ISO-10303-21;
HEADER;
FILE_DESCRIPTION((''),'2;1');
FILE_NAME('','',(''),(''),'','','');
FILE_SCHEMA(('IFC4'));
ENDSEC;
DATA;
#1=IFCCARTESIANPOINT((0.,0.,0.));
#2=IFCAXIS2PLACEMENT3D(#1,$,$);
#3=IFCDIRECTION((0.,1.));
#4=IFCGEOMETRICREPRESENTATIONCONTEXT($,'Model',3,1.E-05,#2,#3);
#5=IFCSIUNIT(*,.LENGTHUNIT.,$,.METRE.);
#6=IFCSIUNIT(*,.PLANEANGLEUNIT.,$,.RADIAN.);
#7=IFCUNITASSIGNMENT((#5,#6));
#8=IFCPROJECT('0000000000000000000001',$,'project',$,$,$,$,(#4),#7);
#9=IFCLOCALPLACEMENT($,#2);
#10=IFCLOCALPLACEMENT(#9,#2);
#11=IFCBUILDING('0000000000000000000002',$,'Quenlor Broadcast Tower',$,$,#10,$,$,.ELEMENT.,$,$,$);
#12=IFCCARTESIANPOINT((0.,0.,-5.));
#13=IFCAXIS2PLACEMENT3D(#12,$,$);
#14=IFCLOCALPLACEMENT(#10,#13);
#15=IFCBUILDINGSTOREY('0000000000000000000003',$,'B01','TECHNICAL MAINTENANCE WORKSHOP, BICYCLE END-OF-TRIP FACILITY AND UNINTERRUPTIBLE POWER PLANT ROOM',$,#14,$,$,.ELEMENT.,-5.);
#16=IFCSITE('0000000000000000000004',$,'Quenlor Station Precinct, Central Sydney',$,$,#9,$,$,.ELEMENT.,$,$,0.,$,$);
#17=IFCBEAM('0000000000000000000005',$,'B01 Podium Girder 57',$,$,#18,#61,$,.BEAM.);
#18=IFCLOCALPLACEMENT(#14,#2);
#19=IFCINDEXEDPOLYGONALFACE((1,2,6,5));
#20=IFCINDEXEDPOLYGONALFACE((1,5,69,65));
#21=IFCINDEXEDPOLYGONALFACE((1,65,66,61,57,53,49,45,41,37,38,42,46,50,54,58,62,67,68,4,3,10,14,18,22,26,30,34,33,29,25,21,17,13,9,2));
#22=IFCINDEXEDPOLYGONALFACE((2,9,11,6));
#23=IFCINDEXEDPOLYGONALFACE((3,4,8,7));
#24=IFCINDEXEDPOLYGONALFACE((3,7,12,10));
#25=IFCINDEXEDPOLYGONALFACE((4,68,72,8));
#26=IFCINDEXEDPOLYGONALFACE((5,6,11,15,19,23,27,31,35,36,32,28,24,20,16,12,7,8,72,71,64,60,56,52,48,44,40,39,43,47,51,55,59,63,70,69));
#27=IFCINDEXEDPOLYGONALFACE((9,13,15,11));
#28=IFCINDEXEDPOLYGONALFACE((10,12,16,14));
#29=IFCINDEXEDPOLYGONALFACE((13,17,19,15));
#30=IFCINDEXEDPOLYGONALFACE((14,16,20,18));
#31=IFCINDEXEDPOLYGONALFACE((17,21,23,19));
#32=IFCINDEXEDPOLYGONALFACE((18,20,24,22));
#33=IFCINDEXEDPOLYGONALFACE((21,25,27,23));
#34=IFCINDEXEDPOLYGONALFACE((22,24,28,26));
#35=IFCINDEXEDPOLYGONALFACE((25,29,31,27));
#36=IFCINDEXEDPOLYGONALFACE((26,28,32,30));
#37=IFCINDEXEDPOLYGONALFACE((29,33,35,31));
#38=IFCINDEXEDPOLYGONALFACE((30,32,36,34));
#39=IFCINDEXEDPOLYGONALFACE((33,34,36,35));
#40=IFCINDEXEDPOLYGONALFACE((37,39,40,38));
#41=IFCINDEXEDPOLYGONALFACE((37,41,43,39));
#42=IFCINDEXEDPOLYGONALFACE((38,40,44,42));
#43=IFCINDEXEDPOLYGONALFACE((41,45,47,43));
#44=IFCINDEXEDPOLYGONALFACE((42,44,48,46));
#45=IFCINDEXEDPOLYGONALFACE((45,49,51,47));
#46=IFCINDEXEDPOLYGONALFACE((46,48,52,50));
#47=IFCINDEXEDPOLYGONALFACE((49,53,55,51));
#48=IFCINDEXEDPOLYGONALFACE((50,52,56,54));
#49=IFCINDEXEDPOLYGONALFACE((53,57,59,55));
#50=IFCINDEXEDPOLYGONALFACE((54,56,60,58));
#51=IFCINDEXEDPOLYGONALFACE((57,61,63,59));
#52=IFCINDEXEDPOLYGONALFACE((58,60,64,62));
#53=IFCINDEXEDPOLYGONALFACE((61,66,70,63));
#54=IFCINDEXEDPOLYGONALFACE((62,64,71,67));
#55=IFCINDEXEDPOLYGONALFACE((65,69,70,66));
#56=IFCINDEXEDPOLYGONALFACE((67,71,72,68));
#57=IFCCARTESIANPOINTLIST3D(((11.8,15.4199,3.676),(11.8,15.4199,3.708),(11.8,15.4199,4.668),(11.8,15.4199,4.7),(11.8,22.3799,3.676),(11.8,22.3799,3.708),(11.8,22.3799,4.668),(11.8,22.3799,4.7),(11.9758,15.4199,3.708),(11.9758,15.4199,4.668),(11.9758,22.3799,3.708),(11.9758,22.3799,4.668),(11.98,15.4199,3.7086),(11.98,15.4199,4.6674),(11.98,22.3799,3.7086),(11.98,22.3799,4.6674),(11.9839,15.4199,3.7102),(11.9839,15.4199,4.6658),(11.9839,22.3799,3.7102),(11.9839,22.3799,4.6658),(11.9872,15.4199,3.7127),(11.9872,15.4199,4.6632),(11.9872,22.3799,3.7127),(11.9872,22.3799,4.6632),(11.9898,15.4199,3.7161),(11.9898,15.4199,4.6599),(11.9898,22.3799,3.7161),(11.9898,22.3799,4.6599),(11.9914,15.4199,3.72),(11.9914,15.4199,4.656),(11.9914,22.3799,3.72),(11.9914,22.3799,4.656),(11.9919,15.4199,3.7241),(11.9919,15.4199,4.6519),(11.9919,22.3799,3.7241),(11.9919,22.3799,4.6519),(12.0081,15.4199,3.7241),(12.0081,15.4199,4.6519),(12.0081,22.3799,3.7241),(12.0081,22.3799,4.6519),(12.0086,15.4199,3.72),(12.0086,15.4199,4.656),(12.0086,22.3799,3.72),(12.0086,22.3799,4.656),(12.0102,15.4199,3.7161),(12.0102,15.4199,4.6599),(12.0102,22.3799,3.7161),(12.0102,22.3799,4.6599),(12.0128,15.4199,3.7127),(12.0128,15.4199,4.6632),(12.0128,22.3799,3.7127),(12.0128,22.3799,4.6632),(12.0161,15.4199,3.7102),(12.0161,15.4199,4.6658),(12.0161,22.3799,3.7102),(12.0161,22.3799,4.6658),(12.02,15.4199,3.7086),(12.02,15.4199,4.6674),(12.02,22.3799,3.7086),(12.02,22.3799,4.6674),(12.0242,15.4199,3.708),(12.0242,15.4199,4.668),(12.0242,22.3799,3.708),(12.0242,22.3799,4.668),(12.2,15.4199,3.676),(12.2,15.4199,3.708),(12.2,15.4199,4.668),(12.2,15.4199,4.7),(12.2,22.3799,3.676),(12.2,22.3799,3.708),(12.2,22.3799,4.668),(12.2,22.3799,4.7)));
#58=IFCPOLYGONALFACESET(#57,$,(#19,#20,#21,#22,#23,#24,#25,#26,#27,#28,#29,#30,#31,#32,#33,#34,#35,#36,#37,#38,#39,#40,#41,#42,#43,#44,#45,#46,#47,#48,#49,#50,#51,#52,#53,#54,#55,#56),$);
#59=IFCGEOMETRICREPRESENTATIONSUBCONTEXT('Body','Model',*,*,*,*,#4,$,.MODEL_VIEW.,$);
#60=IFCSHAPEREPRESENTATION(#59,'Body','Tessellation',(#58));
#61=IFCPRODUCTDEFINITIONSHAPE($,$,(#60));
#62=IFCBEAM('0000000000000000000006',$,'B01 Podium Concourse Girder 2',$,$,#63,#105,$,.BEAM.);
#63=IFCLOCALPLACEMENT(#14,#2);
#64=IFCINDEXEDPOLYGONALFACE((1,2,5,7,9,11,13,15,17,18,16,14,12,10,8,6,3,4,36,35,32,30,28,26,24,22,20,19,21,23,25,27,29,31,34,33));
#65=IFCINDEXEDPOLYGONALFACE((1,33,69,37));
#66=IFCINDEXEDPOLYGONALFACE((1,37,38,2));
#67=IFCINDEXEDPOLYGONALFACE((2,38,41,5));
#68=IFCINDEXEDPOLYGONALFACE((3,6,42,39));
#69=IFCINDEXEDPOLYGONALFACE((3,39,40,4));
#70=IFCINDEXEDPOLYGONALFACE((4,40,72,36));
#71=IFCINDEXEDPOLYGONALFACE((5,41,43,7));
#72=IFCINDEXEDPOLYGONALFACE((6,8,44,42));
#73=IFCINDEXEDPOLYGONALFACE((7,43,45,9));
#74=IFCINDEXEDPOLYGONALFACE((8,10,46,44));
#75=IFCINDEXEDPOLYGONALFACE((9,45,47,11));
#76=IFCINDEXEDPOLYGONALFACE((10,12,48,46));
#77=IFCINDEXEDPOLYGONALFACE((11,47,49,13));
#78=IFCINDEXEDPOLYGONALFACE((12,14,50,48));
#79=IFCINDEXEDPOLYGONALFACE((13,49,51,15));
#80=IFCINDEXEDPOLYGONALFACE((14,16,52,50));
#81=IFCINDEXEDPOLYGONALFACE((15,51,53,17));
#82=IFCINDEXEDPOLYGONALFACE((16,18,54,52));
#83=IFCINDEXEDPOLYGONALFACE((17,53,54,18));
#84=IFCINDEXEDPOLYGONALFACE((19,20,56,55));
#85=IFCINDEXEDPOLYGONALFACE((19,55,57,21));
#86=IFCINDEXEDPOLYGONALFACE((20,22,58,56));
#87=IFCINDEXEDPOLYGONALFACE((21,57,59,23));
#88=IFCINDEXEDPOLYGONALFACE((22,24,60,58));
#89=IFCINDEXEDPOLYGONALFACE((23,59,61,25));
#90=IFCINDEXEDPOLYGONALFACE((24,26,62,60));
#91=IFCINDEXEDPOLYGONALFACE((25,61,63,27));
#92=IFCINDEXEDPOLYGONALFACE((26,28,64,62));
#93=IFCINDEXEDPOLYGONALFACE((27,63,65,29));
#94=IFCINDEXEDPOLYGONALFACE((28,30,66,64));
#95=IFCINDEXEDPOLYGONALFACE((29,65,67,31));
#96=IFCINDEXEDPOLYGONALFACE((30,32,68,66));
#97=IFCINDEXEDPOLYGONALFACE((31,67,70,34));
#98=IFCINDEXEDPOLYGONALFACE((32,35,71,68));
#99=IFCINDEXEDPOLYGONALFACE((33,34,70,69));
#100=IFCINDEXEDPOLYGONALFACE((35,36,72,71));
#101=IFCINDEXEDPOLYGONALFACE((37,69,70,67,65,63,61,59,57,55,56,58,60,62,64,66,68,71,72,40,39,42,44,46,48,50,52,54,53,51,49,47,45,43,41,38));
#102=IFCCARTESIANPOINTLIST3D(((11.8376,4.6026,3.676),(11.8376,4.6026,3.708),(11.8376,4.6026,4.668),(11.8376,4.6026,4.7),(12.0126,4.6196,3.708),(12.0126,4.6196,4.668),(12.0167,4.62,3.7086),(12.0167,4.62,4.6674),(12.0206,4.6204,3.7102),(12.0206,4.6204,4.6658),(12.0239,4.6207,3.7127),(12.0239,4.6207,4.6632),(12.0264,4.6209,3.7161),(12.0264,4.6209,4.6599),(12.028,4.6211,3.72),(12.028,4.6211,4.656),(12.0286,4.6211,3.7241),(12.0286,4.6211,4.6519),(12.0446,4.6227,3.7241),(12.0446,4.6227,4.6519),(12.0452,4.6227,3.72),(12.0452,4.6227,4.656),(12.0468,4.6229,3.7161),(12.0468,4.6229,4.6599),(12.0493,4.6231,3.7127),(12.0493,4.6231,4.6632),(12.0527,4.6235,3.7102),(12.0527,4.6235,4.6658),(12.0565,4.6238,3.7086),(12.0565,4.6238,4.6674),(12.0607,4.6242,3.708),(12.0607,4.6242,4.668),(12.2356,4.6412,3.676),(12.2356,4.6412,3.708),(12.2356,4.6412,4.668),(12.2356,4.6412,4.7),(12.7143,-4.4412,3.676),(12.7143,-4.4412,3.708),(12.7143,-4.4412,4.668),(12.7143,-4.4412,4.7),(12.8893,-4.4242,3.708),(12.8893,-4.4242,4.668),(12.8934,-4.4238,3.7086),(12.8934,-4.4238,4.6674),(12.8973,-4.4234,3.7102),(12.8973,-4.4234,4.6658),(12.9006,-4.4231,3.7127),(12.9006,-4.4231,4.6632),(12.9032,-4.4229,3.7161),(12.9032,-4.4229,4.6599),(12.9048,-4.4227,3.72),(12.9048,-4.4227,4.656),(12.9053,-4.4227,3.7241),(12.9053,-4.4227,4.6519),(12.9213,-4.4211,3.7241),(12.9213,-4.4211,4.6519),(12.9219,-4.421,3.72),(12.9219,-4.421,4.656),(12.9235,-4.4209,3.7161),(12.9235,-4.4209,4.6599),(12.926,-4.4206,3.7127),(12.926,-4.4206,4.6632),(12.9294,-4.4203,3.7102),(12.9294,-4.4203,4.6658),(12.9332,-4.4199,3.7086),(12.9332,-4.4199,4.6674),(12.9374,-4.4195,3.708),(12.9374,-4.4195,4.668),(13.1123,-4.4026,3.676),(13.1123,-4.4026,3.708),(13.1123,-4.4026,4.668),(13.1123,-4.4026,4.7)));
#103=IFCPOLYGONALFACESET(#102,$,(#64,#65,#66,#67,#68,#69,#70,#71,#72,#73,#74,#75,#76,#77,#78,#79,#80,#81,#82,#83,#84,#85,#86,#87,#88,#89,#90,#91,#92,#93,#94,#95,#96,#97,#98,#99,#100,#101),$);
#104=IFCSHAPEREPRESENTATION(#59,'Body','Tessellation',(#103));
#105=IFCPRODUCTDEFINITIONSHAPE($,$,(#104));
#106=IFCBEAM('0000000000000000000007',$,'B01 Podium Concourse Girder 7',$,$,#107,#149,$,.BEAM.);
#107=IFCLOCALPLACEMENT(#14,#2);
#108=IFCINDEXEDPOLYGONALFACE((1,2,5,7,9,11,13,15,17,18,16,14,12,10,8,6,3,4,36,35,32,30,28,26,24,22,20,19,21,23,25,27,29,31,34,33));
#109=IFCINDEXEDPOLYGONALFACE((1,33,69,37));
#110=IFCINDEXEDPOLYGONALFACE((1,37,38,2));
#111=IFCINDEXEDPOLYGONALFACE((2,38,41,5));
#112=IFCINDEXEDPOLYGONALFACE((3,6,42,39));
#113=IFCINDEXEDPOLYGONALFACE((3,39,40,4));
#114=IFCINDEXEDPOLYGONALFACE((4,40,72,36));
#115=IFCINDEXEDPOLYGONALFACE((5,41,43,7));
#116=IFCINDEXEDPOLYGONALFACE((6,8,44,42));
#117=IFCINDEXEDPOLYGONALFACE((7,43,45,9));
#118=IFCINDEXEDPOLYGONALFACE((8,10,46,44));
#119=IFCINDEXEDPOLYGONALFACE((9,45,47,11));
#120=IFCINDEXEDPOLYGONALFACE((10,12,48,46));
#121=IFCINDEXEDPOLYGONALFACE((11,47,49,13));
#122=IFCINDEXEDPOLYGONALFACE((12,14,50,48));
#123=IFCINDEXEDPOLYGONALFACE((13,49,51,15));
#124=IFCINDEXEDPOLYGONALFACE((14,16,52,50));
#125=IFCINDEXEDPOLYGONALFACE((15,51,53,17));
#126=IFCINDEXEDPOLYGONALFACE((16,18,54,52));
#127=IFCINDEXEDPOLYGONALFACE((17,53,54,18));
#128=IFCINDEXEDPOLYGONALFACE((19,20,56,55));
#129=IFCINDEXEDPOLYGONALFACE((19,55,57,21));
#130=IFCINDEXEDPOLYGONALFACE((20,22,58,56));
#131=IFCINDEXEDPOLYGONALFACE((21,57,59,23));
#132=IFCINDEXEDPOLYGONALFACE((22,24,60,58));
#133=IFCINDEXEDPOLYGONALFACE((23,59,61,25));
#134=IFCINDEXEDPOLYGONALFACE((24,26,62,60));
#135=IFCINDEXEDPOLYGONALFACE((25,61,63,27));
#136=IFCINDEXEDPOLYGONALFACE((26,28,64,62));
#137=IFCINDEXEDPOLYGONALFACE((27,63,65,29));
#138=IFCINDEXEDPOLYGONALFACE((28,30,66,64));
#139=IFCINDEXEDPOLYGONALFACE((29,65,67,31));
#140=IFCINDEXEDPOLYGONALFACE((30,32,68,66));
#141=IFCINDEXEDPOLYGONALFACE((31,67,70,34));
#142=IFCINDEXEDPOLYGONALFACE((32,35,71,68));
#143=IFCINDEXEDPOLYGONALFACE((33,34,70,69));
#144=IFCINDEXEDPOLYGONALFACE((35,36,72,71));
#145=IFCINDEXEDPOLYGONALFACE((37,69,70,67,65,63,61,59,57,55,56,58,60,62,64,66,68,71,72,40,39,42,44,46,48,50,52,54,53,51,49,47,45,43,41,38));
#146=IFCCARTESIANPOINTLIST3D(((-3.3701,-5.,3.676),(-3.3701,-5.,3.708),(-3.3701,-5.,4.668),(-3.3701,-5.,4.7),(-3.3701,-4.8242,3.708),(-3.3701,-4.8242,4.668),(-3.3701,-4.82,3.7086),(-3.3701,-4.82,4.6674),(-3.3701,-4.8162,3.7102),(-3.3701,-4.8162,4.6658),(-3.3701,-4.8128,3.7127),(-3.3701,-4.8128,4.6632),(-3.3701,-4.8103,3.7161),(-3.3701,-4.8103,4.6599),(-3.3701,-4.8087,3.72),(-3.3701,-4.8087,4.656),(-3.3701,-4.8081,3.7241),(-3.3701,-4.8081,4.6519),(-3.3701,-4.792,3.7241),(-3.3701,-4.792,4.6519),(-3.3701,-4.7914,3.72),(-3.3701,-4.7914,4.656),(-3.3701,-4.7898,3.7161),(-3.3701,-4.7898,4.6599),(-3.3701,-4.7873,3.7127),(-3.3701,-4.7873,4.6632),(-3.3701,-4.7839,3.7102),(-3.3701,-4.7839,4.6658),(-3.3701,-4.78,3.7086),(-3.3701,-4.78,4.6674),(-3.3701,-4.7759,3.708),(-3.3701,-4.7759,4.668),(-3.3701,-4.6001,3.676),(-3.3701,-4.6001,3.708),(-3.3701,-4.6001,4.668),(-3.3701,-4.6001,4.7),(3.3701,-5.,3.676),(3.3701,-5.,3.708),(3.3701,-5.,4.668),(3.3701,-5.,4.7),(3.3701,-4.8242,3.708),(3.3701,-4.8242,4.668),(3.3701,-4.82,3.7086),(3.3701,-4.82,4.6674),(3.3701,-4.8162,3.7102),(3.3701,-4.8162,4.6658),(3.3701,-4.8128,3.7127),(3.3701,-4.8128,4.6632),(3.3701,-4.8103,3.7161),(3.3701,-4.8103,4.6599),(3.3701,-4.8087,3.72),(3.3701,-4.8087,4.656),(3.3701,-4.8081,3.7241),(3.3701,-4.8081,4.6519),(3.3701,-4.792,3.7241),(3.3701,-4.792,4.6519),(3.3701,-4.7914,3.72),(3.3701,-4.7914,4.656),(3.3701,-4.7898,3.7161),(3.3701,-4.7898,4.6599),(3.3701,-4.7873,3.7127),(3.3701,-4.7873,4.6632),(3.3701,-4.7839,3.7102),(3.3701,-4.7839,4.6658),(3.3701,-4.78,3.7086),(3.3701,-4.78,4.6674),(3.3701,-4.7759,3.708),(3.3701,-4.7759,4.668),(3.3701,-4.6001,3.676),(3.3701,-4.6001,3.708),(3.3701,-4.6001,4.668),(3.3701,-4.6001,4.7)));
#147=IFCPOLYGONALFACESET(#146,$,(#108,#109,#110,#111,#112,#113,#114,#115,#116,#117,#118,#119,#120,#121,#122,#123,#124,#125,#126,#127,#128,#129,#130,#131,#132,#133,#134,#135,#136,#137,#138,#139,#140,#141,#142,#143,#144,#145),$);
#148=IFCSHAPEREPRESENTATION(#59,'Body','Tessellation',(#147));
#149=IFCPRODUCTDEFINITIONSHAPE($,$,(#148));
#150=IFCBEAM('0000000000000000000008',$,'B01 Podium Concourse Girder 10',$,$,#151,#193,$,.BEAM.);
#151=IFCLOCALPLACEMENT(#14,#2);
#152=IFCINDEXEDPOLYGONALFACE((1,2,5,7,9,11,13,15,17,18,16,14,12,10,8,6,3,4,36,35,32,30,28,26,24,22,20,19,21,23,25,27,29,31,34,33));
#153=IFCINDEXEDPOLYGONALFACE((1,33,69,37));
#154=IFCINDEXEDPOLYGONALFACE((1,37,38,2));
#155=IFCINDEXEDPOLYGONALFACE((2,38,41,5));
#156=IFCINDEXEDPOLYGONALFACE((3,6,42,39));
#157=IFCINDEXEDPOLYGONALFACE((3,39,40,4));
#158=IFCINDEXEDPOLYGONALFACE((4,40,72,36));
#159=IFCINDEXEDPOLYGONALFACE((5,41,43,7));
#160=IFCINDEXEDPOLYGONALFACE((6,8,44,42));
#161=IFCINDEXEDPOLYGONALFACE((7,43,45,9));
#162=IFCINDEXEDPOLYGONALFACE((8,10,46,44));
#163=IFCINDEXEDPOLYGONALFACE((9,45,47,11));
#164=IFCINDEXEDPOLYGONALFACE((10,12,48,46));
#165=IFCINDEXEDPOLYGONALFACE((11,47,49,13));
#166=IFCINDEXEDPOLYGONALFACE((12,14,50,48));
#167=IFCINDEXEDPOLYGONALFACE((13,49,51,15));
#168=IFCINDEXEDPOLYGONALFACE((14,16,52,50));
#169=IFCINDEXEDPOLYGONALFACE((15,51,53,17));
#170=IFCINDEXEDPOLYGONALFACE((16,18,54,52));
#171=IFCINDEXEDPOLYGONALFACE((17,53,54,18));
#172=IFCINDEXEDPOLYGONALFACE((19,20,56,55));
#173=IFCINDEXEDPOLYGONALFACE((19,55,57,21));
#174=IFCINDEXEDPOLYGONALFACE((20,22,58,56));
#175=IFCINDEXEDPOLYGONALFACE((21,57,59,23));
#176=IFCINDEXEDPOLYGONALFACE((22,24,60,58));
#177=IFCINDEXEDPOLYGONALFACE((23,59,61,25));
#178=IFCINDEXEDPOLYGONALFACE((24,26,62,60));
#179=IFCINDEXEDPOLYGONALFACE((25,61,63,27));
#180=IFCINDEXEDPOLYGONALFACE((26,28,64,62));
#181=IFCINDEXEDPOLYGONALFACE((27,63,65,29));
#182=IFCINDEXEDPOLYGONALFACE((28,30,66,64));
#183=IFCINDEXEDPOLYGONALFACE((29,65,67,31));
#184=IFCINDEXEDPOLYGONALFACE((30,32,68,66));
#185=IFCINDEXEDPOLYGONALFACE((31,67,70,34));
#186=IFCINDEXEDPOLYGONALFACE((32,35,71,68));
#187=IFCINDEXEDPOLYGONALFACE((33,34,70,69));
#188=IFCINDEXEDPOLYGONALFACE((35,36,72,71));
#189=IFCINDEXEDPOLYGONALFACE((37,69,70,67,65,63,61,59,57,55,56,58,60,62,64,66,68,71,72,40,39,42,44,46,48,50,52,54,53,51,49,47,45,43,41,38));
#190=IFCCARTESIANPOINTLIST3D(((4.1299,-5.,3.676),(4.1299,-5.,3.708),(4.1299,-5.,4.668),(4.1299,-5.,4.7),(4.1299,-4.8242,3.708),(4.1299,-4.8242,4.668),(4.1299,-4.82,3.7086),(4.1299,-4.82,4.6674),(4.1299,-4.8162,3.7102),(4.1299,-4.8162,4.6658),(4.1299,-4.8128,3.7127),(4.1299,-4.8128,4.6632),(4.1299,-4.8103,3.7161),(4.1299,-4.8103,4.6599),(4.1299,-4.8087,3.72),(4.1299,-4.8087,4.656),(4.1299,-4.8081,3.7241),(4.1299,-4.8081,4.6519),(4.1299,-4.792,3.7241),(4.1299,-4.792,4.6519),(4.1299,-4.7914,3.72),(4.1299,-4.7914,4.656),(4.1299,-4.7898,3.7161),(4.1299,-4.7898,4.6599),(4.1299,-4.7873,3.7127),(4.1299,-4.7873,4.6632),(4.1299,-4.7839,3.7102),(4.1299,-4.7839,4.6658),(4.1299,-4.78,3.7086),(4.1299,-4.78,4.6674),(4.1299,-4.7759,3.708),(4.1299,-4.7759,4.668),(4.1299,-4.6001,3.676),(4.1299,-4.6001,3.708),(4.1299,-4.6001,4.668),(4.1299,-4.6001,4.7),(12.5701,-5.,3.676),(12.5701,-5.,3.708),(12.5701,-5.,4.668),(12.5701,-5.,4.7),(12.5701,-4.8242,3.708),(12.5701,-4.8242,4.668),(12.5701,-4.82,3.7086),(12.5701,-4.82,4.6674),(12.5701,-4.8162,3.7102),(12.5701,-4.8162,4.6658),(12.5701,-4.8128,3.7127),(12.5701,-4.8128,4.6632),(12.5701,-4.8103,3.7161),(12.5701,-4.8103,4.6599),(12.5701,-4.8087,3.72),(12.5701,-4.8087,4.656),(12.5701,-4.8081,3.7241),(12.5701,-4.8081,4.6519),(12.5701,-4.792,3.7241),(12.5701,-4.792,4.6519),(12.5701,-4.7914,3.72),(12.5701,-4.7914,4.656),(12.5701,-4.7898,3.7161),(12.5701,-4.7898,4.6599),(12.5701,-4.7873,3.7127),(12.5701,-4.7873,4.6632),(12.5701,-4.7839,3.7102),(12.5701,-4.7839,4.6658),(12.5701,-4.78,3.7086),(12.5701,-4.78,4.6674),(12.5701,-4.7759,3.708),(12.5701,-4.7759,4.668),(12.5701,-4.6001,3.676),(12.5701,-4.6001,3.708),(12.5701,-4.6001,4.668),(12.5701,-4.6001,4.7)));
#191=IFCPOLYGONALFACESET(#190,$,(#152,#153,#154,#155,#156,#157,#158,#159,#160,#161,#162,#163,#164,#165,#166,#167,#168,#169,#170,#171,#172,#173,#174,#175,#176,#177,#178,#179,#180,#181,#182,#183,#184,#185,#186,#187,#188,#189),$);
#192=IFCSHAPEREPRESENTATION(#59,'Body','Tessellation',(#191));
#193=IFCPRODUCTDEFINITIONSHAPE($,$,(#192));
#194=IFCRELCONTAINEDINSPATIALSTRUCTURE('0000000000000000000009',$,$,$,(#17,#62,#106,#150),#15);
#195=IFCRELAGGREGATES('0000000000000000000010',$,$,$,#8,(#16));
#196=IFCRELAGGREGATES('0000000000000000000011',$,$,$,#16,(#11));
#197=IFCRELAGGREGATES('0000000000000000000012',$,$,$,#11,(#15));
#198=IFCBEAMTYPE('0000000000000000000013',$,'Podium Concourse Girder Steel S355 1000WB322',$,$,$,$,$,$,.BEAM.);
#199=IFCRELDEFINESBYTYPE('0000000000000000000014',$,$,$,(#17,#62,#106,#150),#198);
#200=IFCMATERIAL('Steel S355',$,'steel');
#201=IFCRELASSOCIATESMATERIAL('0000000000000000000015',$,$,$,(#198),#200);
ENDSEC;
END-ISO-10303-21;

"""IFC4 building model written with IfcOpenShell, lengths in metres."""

from ifc_helpers import new_model, si_unit, direction, frame, origin, origin_2d, place, context, subcontext, project, spatial, i_section, extrude, material, material_profile, profile_set, type_object, element, save


model = new_model("IFC4")

# Units and contexts
model_context = context("Model", 3, precision=1e-05, world=origin(), true_north=direction((0.0, 1.0)))
body_context = subcontext(model_context, "Body", "Model", "MODEL_VIEW")
ifc_project = project(units=[si_unit("LENGTHUNIT", "METRE"), si_unit("PLANEANGLEUNIT", "RADIAN")], contexts=[model_context])

# Site, building, storey
site_placement = place(None, origin())
site = spatial("IfcSite", under=ifc_project, at=site_placement, Name="Quenlor Station Precinct, Central Sydney", CompositionType="ELEMENT", RefElevation=0.0)
building_placement = place(site_placement, origin())
building = spatial("IfcBuilding", under=site, at=building_placement, Name="Quenlor Broadcast Tower", CompositionType="ELEMENT")
storey_placement = place(building_placement, frame((0.0, 0.0, -5.0)))
storey = spatial("IfcBuildingStorey", under=building, at=storey_placement, Name="B01", Description="TECHNICAL MAINTENANCE WORKSHOP, BICYCLE END-OF-TRIP FACILITY AND UNINTERRUPTIBLE POWER PLANT ROOM", CompositionType="ELEMENT", Elevation=-5.0)

# Beams
ifc_material_1 = material(Name="Steel S355", Category="steel")
ifc_material_profile_1 = material_profile(ifc_material_1, i_section(OverallWidth=0.3999, OverallDepth=1.0239, WebThickness=0.0161, FlangeThickness=0.032, FilletRadius=0.0161, at=origin_2d()))
ifc_profile_set_1 = profile_set([ifc_material_profile_1], Name="Steel S355 1000WB322")
beam_type_1 = type_object("IfcBeamType", Name="Podium Concourse Girder Steel S355 1000WB322", PredefinedType="BEAM", material=ifc_profile_set_1)
beam_1_placement = place(storey_placement, frame((12.0, 15.4199, 4.188), z_axis=(0.0, 1.0, 0.0), x_axis=(-1.0, 0.0, 0.0)))
element("IfcBeam", 1, at=beam_1_placement, inside=storey, type_object=beam_type_1, Name="B01 Podium Girder 57", PredefinedType="BEAM", context=body_context, shape_type="SweptSolid", body=[
    extrude(i_section(OverallWidth=0.3999, OverallDepth=1.0239, WebThickness=0.0161, FlangeThickness=0.032, FilletRadius=0.0161, at=origin_2d()), origin(), (0.0, 0.0, 1.0), 6.96),
])
beam_2_placement = place(storey_placement, frame((12.9133, -4.4219, 4.188), z_axis=(-0.096489, 0.995334, 0.0), x_axis=(-0.995334, -0.096489, 0.0)))
element("IfcBeam", 2, at=beam_2_placement, inside=storey, type_object=beam_type_1, Name="B01 Podium Concourse Girder 2", PredefinedType="BEAM", context=body_context, shape_type="SweptSolid", body=[
    extrude(i_section(OverallWidth=0.3999, OverallDepth=1.0239, WebThickness=0.0161, FlangeThickness=0.032, FilletRadius=0.0161, at=origin_2d()), origin(), (0.0, 0.0, 1.0), 9.0862),
])
beam_3_placement = place(storey_placement, frame((-3.3701, -4.8, 4.188), z_axis=(1.0, 0.0, 0.0), x_axis=(0.0, 1.0, 0.0)))
element("IfcBeam", 3, at=beam_3_placement, inside=storey, type_object=beam_type_1, Name="B01 Podium Concourse Girder 7", PredefinedType="BEAM", context=body_context, shape_type="SweptSolid", body=[
    extrude(i_section(OverallWidth=0.3999, OverallDepth=1.0239, WebThickness=0.0161, FlangeThickness=0.032, FilletRadius=0.0161, at=origin_2d()), origin(), (0.0, 0.0, 1.0), 6.7402),
])
beam_4_placement = place(storey_placement, frame((4.1299, -4.8, 4.188), z_axis=(1.0, 0.0, 0.0), x_axis=(0.0, 1.0, 0.0)))
element("IfcBeam", 4, at=beam_4_placement, inside=storey, type_object=beam_type_1, Name="B01 Podium Concourse Girder 10", PredefinedType="BEAM", context=body_context, shape_type="SweptSolid", body=[
    extrude(i_section(OverallWidth=0.3999, OverallDepth=1.0239, WebThickness=0.0161, FlangeThickness=0.032, FilletRadius=0.0161, at=origin_2d()), origin(), (0.0, 0.0, 1.0), 8.4402),
])

save(model, "model.ifc")
